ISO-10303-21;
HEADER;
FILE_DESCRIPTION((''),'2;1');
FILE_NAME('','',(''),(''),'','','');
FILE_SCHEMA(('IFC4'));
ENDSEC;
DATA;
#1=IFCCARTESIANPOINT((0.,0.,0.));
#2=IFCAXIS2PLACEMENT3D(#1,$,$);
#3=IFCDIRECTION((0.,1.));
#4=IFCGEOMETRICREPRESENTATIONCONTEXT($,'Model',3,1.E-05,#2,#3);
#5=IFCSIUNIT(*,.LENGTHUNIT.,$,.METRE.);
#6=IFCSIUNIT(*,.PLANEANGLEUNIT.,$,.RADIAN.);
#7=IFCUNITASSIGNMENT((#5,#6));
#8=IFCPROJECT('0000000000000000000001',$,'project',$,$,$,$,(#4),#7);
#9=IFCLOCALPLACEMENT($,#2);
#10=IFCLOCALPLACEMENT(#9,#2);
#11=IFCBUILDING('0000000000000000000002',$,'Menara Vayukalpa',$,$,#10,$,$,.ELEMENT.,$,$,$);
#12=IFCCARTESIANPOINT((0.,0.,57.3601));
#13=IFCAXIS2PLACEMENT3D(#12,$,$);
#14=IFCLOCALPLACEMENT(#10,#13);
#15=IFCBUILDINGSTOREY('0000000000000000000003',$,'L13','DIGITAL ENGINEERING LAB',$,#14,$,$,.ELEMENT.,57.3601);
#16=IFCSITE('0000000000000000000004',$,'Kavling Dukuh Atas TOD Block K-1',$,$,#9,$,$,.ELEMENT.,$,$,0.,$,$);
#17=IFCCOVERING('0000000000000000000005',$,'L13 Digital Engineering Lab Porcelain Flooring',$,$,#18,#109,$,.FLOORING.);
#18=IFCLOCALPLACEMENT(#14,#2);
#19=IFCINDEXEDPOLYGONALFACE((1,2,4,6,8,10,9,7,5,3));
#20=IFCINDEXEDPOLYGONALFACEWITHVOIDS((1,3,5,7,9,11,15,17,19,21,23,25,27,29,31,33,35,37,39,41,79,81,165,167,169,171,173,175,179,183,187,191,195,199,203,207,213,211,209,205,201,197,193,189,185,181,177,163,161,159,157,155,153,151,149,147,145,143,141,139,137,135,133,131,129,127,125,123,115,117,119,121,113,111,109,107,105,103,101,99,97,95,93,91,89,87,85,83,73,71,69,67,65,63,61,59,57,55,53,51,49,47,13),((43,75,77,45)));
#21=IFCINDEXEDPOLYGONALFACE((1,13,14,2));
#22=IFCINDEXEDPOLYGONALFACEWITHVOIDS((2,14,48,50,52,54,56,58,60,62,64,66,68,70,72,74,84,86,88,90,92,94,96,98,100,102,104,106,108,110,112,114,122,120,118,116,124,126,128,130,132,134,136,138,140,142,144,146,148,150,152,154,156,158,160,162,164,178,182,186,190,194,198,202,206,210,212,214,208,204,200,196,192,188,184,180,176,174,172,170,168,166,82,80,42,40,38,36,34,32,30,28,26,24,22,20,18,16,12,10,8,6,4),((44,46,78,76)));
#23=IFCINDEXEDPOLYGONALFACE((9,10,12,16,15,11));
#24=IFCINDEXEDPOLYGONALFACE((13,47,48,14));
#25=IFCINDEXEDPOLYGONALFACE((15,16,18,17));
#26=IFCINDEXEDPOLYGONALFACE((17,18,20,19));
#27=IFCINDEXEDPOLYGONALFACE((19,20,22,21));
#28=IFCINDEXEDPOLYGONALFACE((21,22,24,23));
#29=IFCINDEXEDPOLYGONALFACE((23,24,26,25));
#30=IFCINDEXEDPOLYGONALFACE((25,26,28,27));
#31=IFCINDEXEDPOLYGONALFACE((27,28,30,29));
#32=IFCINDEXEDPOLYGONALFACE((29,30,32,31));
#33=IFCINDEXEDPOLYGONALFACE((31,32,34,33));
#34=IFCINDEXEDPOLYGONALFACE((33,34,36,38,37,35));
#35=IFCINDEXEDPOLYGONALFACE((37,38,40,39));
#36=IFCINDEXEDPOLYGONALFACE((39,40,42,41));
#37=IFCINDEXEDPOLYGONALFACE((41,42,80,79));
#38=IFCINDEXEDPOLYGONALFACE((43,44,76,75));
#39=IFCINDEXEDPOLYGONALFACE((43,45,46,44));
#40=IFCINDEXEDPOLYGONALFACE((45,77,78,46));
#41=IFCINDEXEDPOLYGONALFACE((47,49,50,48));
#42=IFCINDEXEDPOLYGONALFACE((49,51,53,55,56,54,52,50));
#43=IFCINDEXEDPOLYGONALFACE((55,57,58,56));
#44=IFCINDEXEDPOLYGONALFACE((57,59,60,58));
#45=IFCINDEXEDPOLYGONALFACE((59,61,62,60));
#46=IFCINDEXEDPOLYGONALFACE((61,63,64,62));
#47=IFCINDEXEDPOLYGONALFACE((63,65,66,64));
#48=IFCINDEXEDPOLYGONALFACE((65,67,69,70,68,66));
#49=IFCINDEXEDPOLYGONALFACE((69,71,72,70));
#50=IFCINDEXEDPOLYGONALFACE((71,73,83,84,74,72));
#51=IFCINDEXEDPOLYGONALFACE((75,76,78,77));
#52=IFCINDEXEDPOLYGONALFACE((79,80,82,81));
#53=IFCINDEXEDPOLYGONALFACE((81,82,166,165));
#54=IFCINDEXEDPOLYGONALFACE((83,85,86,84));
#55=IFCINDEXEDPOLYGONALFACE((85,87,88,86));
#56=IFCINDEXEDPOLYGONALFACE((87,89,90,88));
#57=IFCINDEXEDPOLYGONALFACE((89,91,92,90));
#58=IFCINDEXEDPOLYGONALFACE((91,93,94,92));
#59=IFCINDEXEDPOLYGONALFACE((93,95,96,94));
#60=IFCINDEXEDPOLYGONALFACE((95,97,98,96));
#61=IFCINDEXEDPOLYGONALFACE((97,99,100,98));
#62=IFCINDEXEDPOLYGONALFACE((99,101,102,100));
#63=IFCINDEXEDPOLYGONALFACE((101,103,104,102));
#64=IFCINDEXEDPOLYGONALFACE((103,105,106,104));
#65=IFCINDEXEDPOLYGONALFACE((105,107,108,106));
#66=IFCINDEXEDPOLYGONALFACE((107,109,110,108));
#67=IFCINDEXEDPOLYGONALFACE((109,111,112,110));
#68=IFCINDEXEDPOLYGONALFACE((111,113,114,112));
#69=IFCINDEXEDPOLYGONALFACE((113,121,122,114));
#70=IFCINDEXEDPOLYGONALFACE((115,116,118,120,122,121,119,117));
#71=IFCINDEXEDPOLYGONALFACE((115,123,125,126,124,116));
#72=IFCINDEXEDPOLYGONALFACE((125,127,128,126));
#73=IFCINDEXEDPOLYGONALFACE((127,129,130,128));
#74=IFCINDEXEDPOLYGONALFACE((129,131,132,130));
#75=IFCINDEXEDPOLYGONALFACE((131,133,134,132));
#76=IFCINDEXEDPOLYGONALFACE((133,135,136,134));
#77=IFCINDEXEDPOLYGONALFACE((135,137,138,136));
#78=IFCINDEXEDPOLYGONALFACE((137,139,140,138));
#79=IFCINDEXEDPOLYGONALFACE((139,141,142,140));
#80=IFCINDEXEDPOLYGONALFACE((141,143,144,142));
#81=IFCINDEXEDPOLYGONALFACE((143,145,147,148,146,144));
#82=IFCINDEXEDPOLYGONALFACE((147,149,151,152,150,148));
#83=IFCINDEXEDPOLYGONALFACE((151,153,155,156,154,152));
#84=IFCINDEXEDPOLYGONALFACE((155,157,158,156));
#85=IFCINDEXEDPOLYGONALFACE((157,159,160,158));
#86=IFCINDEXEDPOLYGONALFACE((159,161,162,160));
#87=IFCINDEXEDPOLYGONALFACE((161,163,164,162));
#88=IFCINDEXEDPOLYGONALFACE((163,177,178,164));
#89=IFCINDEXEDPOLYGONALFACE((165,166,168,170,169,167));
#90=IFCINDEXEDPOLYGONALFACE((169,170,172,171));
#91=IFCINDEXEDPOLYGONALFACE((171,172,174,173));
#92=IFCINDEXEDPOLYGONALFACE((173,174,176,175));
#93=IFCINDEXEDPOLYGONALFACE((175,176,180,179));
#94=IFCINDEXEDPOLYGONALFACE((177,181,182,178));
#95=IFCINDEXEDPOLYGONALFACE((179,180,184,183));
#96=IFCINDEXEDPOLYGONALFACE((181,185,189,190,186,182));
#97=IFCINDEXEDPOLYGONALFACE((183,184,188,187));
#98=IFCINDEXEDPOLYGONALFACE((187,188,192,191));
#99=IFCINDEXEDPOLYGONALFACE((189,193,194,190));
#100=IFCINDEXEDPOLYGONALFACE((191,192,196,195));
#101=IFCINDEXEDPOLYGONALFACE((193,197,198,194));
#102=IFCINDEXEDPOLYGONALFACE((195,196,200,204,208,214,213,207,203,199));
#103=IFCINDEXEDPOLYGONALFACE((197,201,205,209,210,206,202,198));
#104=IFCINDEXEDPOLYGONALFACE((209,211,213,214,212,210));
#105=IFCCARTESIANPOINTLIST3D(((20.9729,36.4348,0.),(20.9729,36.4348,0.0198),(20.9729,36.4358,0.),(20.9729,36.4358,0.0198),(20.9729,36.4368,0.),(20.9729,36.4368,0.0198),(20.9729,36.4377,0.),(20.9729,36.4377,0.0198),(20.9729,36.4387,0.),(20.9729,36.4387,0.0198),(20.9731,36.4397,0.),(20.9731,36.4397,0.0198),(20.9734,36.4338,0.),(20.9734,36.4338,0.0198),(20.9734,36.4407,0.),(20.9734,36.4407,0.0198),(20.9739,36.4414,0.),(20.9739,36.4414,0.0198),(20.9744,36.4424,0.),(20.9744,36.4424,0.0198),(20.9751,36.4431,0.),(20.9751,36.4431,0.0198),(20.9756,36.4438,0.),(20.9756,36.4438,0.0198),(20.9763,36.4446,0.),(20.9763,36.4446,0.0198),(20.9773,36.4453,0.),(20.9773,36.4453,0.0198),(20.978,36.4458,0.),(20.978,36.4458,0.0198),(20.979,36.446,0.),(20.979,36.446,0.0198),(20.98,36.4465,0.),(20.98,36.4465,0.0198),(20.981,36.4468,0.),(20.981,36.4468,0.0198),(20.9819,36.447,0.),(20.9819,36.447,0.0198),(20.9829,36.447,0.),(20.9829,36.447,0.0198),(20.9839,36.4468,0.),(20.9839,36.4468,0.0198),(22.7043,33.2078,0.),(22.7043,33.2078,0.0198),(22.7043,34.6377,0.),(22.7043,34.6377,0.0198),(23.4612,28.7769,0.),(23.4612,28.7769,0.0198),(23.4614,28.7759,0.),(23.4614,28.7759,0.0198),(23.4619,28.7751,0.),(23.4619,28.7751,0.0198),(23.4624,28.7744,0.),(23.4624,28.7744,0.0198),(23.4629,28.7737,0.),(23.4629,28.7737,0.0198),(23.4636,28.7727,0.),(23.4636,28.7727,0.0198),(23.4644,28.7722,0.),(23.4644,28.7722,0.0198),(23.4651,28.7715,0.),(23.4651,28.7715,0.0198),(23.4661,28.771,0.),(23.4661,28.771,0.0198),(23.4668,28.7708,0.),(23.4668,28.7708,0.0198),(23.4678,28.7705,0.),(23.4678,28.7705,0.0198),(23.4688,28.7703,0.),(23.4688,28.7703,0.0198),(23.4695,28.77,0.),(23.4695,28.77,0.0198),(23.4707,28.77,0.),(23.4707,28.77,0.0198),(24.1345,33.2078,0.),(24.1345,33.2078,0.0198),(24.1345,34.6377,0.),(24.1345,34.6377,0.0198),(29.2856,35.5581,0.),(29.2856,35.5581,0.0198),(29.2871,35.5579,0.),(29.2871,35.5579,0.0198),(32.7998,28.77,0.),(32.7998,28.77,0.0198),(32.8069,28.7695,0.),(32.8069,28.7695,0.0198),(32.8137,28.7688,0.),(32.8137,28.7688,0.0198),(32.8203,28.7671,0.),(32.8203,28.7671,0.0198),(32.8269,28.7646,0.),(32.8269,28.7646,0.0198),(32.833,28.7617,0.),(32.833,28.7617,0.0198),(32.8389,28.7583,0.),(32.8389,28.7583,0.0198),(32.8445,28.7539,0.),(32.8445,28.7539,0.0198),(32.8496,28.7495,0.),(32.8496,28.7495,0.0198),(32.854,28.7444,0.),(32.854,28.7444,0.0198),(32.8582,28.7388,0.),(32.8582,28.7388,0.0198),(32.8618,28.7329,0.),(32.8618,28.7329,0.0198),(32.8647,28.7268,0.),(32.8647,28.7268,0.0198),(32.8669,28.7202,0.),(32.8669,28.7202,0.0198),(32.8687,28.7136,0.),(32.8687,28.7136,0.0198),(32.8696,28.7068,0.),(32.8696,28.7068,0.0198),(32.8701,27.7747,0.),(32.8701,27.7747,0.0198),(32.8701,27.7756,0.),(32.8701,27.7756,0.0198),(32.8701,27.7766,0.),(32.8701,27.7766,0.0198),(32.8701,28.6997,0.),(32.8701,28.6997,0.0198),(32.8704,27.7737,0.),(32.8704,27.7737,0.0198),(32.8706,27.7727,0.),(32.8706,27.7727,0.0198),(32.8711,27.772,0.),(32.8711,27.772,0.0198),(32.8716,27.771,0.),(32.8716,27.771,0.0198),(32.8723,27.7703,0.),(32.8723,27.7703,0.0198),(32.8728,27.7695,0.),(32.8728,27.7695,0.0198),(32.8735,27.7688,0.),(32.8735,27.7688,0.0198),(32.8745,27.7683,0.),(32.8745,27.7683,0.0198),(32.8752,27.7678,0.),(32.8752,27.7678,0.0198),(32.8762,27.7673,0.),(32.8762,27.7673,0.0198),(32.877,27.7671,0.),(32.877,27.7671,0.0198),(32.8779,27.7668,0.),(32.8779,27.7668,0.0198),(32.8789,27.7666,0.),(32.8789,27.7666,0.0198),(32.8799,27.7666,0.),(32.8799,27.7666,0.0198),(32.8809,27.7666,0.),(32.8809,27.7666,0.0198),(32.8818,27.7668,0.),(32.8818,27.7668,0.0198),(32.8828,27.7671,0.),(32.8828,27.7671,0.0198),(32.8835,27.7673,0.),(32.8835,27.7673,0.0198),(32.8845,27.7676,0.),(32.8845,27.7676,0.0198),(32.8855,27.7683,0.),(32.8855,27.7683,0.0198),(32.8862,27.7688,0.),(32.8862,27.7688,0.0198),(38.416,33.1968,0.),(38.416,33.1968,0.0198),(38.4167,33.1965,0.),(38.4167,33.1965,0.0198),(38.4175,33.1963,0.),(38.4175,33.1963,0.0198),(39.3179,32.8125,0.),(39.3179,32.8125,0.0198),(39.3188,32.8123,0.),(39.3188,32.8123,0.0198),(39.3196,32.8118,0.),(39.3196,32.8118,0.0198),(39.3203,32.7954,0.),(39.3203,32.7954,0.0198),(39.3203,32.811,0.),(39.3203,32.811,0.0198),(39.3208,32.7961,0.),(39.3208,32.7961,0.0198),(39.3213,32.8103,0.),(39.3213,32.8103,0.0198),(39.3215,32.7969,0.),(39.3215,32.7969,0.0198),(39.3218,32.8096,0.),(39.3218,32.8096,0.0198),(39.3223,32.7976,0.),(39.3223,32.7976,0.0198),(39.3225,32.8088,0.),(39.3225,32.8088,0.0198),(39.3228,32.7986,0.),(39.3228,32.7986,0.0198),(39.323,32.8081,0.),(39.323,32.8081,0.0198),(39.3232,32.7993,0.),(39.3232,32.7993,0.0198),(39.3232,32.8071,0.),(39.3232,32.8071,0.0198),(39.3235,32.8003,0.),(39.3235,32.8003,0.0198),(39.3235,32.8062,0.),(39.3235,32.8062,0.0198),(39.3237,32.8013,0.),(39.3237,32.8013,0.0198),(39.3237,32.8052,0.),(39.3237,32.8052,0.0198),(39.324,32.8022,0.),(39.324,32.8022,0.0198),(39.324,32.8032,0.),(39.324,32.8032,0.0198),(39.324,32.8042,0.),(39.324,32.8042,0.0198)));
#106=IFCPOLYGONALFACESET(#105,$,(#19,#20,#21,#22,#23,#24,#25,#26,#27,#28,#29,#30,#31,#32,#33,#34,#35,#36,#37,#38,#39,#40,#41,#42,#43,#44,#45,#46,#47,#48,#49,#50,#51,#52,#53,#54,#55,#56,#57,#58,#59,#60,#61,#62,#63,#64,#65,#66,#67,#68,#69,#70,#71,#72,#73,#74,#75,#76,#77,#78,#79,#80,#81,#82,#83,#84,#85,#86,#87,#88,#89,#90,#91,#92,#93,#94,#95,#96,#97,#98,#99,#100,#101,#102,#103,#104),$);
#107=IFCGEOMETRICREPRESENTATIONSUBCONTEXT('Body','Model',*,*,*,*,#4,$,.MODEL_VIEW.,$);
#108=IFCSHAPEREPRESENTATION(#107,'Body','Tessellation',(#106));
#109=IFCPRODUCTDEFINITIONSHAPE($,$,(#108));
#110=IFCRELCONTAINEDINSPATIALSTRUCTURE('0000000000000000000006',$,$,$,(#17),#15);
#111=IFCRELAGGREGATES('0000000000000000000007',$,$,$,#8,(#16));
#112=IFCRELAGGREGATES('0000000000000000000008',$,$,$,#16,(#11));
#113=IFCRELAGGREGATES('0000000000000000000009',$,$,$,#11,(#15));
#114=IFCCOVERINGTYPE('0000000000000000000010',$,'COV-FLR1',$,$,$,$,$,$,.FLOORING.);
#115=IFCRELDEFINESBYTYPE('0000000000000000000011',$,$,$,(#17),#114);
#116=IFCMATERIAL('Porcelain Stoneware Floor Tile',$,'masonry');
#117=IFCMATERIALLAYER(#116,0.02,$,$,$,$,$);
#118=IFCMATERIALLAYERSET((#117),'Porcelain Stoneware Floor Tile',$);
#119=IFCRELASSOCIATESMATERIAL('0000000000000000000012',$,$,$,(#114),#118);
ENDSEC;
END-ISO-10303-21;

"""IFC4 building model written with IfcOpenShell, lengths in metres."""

from ifc_helpers import new_model, si_unit, direction, frame, origin, place, context, subcontext, project, spatial, polyline, outline, extrude, material, layer, layer_set, type_object, element, save


model = new_model("IFC4")

# Units and contexts
model_context = context("Model", 3, precision=1e-05, world=origin(), true_north=direction((0.0, 1.0)))
body_context = subcontext(model_context, "Body", "Model", "MODEL_VIEW")
ifc_project = project(units=[si_unit("LENGTHUNIT", "METRE"), si_unit("PLANEANGLEUNIT", "RADIAN")], contexts=[model_context])

# Site, building, storey
site_placement = place(None, origin())
site = spatial("IfcSite", under=ifc_project, at=site_placement, Name="Kavling Dukuh Atas TOD Block K-1", CompositionType="ELEMENT", RefElevation=0.0)
building_placement = place(site_placement, origin())
building = spatial("IfcBuilding", under=site, at=building_placement, Name="Menara Vayukalpa", CompositionType="ELEMENT")
storey_placement = place(building_placement, frame((0.0, 0.0, 57.3601)))
storey = spatial("IfcBuildingStorey", under=building, at=storey_placement, Name="L13", Description="DIGITAL ENGINEERING LAB", CompositionType="ELEMENT", Elevation=57.3601)

# Covering
ifc_material_1 = material(Name="Porcelain Stoneware Floor Tile", Category="masonry")
ifc_layer_1 = layer(ifc_material_1, 0.02)
ifc_layer_set_1 = layer_set([ifc_layer_1], Name="Porcelain Stoneware Floor Tile")
covering_type_1 = type_object("IfcCoveringType", Name="COV-FLR1", PredefinedType="FLOORING", material=ifc_layer_set_1)
covering_1_placement = place(storey_placement, origin())
element("IfcCovering", 1, at=covering_1_placement, inside=storey, type_object=covering_type_1, Name="L13 Digital Engineering Lab Porcelain Flooring", PredefinedType="FLOORING", context=body_context, shape_type="SweptSolid", body=[
    extrude(outline(polyline([(38.416, 33.1968), (38.4167, 33.1965), (38.4175, 33.1963), (39.3179, 32.8125), (39.3188, 32.8123), (39.3196, 32.8118), (39.3203, 32.811), (39.3213, 32.8103), (39.3218, 32.8096), (39.3225, 32.8088), (39.323, 32.8081), (39.3232, 32.8071), (39.3235, 32.8062), (39.3237, 32.8052), (39.324, 32.8042), (39.324, 32.8032), (39.324, 32.8022), (39.3237, 32.8013), (39.3235, 32.8003), (39.3232, 32.7993), (39.3228, 32.7986), (39.3223, 32.7976), (39.3215, 32.7969), (39.3208, 32.7961), (39.3203, 32.7954), (32.8862, 27.7688), (32.8855, 27.7683), (32.8845, 27.7676), (32.8835, 27.7673), (32.8828, 27.7671), (32.8818, 27.7668), (32.8809, 27.7666), (32.8799, 27.7666), (32.8789, 27.7666), (32.8779, 27.7668), (32.877, 27.7671), (32.8762, 27.7673), (32.8752, 27.7678), (32.8745, 27.7683), (32.8735, 27.7688), (32.8728, 27.7695), (32.8723, 27.7703), (32.8716, 27.771), (32.8711, 27.772), (32.8706, 27.7727), (32.8704, 27.7737), (32.8701, 27.7747), (32.8701, 27.7756), (32.8701, 27.7766), (32.8701, 28.6997), (32.8696, 28.7068), (32.8687, 28.7136), (32.8669, 28.7202), (32.8647, 28.7268), (32.8618, 28.7329), (32.8582, 28.7388), (32.854, 28.7444), (32.8496, 28.7495), (32.8445, 28.7539), (32.8389, 28.7583), (32.833, 28.7617), (32.8269, 28.7646), (32.8203, 28.7671), (32.8137, 28.7688), (32.8069, 28.7695), (32.7998, 28.77), (23.4707, 28.77), (23.4695, 28.77), (23.4688, 28.7703), (23.4678, 28.7705), (23.4668, 28.7708), (23.4661, 28.771), (23.4651, 28.7715), (23.4644, 28.7722), (23.4636, 28.7727), (23.4629, 28.7737), (23.4624, 28.7744), (23.4619, 28.7751), (23.4614, 28.7759), (23.4612, 28.7769), (20.9734, 36.4338), (20.9729, 36.4348), (20.9729, 36.4358), (20.9729, 36.4368), (20.9729, 36.4377), (20.9729, 36.4387), (20.9731, 36.4397), (20.9734, 36.4407), (20.9739, 36.4414), (20.9744, 36.4424), (20.9751, 36.4431), (20.9756, 36.4438), (20.9763, 36.4446), (20.9773, 36.4453), (20.978, 36.4458), (20.979, 36.446), (20.98, 36.4465), (20.981, 36.4468), (20.9819, 36.447), (20.9829, 36.447), (20.9839, 36.4468), (29.2856, 35.5581), (29.2871, 35.5579), (38.416, 33.1968)]), holes=[polyline([(24.1345, 33.2078), (24.1345, 34.6377), (22.7043, 34.6377), (22.7043, 33.2078), (24.1345, 33.2078)])]), origin(), (0.0, 0.0, 1.0), 0.0198),
])

save(model, "model.ifc")
